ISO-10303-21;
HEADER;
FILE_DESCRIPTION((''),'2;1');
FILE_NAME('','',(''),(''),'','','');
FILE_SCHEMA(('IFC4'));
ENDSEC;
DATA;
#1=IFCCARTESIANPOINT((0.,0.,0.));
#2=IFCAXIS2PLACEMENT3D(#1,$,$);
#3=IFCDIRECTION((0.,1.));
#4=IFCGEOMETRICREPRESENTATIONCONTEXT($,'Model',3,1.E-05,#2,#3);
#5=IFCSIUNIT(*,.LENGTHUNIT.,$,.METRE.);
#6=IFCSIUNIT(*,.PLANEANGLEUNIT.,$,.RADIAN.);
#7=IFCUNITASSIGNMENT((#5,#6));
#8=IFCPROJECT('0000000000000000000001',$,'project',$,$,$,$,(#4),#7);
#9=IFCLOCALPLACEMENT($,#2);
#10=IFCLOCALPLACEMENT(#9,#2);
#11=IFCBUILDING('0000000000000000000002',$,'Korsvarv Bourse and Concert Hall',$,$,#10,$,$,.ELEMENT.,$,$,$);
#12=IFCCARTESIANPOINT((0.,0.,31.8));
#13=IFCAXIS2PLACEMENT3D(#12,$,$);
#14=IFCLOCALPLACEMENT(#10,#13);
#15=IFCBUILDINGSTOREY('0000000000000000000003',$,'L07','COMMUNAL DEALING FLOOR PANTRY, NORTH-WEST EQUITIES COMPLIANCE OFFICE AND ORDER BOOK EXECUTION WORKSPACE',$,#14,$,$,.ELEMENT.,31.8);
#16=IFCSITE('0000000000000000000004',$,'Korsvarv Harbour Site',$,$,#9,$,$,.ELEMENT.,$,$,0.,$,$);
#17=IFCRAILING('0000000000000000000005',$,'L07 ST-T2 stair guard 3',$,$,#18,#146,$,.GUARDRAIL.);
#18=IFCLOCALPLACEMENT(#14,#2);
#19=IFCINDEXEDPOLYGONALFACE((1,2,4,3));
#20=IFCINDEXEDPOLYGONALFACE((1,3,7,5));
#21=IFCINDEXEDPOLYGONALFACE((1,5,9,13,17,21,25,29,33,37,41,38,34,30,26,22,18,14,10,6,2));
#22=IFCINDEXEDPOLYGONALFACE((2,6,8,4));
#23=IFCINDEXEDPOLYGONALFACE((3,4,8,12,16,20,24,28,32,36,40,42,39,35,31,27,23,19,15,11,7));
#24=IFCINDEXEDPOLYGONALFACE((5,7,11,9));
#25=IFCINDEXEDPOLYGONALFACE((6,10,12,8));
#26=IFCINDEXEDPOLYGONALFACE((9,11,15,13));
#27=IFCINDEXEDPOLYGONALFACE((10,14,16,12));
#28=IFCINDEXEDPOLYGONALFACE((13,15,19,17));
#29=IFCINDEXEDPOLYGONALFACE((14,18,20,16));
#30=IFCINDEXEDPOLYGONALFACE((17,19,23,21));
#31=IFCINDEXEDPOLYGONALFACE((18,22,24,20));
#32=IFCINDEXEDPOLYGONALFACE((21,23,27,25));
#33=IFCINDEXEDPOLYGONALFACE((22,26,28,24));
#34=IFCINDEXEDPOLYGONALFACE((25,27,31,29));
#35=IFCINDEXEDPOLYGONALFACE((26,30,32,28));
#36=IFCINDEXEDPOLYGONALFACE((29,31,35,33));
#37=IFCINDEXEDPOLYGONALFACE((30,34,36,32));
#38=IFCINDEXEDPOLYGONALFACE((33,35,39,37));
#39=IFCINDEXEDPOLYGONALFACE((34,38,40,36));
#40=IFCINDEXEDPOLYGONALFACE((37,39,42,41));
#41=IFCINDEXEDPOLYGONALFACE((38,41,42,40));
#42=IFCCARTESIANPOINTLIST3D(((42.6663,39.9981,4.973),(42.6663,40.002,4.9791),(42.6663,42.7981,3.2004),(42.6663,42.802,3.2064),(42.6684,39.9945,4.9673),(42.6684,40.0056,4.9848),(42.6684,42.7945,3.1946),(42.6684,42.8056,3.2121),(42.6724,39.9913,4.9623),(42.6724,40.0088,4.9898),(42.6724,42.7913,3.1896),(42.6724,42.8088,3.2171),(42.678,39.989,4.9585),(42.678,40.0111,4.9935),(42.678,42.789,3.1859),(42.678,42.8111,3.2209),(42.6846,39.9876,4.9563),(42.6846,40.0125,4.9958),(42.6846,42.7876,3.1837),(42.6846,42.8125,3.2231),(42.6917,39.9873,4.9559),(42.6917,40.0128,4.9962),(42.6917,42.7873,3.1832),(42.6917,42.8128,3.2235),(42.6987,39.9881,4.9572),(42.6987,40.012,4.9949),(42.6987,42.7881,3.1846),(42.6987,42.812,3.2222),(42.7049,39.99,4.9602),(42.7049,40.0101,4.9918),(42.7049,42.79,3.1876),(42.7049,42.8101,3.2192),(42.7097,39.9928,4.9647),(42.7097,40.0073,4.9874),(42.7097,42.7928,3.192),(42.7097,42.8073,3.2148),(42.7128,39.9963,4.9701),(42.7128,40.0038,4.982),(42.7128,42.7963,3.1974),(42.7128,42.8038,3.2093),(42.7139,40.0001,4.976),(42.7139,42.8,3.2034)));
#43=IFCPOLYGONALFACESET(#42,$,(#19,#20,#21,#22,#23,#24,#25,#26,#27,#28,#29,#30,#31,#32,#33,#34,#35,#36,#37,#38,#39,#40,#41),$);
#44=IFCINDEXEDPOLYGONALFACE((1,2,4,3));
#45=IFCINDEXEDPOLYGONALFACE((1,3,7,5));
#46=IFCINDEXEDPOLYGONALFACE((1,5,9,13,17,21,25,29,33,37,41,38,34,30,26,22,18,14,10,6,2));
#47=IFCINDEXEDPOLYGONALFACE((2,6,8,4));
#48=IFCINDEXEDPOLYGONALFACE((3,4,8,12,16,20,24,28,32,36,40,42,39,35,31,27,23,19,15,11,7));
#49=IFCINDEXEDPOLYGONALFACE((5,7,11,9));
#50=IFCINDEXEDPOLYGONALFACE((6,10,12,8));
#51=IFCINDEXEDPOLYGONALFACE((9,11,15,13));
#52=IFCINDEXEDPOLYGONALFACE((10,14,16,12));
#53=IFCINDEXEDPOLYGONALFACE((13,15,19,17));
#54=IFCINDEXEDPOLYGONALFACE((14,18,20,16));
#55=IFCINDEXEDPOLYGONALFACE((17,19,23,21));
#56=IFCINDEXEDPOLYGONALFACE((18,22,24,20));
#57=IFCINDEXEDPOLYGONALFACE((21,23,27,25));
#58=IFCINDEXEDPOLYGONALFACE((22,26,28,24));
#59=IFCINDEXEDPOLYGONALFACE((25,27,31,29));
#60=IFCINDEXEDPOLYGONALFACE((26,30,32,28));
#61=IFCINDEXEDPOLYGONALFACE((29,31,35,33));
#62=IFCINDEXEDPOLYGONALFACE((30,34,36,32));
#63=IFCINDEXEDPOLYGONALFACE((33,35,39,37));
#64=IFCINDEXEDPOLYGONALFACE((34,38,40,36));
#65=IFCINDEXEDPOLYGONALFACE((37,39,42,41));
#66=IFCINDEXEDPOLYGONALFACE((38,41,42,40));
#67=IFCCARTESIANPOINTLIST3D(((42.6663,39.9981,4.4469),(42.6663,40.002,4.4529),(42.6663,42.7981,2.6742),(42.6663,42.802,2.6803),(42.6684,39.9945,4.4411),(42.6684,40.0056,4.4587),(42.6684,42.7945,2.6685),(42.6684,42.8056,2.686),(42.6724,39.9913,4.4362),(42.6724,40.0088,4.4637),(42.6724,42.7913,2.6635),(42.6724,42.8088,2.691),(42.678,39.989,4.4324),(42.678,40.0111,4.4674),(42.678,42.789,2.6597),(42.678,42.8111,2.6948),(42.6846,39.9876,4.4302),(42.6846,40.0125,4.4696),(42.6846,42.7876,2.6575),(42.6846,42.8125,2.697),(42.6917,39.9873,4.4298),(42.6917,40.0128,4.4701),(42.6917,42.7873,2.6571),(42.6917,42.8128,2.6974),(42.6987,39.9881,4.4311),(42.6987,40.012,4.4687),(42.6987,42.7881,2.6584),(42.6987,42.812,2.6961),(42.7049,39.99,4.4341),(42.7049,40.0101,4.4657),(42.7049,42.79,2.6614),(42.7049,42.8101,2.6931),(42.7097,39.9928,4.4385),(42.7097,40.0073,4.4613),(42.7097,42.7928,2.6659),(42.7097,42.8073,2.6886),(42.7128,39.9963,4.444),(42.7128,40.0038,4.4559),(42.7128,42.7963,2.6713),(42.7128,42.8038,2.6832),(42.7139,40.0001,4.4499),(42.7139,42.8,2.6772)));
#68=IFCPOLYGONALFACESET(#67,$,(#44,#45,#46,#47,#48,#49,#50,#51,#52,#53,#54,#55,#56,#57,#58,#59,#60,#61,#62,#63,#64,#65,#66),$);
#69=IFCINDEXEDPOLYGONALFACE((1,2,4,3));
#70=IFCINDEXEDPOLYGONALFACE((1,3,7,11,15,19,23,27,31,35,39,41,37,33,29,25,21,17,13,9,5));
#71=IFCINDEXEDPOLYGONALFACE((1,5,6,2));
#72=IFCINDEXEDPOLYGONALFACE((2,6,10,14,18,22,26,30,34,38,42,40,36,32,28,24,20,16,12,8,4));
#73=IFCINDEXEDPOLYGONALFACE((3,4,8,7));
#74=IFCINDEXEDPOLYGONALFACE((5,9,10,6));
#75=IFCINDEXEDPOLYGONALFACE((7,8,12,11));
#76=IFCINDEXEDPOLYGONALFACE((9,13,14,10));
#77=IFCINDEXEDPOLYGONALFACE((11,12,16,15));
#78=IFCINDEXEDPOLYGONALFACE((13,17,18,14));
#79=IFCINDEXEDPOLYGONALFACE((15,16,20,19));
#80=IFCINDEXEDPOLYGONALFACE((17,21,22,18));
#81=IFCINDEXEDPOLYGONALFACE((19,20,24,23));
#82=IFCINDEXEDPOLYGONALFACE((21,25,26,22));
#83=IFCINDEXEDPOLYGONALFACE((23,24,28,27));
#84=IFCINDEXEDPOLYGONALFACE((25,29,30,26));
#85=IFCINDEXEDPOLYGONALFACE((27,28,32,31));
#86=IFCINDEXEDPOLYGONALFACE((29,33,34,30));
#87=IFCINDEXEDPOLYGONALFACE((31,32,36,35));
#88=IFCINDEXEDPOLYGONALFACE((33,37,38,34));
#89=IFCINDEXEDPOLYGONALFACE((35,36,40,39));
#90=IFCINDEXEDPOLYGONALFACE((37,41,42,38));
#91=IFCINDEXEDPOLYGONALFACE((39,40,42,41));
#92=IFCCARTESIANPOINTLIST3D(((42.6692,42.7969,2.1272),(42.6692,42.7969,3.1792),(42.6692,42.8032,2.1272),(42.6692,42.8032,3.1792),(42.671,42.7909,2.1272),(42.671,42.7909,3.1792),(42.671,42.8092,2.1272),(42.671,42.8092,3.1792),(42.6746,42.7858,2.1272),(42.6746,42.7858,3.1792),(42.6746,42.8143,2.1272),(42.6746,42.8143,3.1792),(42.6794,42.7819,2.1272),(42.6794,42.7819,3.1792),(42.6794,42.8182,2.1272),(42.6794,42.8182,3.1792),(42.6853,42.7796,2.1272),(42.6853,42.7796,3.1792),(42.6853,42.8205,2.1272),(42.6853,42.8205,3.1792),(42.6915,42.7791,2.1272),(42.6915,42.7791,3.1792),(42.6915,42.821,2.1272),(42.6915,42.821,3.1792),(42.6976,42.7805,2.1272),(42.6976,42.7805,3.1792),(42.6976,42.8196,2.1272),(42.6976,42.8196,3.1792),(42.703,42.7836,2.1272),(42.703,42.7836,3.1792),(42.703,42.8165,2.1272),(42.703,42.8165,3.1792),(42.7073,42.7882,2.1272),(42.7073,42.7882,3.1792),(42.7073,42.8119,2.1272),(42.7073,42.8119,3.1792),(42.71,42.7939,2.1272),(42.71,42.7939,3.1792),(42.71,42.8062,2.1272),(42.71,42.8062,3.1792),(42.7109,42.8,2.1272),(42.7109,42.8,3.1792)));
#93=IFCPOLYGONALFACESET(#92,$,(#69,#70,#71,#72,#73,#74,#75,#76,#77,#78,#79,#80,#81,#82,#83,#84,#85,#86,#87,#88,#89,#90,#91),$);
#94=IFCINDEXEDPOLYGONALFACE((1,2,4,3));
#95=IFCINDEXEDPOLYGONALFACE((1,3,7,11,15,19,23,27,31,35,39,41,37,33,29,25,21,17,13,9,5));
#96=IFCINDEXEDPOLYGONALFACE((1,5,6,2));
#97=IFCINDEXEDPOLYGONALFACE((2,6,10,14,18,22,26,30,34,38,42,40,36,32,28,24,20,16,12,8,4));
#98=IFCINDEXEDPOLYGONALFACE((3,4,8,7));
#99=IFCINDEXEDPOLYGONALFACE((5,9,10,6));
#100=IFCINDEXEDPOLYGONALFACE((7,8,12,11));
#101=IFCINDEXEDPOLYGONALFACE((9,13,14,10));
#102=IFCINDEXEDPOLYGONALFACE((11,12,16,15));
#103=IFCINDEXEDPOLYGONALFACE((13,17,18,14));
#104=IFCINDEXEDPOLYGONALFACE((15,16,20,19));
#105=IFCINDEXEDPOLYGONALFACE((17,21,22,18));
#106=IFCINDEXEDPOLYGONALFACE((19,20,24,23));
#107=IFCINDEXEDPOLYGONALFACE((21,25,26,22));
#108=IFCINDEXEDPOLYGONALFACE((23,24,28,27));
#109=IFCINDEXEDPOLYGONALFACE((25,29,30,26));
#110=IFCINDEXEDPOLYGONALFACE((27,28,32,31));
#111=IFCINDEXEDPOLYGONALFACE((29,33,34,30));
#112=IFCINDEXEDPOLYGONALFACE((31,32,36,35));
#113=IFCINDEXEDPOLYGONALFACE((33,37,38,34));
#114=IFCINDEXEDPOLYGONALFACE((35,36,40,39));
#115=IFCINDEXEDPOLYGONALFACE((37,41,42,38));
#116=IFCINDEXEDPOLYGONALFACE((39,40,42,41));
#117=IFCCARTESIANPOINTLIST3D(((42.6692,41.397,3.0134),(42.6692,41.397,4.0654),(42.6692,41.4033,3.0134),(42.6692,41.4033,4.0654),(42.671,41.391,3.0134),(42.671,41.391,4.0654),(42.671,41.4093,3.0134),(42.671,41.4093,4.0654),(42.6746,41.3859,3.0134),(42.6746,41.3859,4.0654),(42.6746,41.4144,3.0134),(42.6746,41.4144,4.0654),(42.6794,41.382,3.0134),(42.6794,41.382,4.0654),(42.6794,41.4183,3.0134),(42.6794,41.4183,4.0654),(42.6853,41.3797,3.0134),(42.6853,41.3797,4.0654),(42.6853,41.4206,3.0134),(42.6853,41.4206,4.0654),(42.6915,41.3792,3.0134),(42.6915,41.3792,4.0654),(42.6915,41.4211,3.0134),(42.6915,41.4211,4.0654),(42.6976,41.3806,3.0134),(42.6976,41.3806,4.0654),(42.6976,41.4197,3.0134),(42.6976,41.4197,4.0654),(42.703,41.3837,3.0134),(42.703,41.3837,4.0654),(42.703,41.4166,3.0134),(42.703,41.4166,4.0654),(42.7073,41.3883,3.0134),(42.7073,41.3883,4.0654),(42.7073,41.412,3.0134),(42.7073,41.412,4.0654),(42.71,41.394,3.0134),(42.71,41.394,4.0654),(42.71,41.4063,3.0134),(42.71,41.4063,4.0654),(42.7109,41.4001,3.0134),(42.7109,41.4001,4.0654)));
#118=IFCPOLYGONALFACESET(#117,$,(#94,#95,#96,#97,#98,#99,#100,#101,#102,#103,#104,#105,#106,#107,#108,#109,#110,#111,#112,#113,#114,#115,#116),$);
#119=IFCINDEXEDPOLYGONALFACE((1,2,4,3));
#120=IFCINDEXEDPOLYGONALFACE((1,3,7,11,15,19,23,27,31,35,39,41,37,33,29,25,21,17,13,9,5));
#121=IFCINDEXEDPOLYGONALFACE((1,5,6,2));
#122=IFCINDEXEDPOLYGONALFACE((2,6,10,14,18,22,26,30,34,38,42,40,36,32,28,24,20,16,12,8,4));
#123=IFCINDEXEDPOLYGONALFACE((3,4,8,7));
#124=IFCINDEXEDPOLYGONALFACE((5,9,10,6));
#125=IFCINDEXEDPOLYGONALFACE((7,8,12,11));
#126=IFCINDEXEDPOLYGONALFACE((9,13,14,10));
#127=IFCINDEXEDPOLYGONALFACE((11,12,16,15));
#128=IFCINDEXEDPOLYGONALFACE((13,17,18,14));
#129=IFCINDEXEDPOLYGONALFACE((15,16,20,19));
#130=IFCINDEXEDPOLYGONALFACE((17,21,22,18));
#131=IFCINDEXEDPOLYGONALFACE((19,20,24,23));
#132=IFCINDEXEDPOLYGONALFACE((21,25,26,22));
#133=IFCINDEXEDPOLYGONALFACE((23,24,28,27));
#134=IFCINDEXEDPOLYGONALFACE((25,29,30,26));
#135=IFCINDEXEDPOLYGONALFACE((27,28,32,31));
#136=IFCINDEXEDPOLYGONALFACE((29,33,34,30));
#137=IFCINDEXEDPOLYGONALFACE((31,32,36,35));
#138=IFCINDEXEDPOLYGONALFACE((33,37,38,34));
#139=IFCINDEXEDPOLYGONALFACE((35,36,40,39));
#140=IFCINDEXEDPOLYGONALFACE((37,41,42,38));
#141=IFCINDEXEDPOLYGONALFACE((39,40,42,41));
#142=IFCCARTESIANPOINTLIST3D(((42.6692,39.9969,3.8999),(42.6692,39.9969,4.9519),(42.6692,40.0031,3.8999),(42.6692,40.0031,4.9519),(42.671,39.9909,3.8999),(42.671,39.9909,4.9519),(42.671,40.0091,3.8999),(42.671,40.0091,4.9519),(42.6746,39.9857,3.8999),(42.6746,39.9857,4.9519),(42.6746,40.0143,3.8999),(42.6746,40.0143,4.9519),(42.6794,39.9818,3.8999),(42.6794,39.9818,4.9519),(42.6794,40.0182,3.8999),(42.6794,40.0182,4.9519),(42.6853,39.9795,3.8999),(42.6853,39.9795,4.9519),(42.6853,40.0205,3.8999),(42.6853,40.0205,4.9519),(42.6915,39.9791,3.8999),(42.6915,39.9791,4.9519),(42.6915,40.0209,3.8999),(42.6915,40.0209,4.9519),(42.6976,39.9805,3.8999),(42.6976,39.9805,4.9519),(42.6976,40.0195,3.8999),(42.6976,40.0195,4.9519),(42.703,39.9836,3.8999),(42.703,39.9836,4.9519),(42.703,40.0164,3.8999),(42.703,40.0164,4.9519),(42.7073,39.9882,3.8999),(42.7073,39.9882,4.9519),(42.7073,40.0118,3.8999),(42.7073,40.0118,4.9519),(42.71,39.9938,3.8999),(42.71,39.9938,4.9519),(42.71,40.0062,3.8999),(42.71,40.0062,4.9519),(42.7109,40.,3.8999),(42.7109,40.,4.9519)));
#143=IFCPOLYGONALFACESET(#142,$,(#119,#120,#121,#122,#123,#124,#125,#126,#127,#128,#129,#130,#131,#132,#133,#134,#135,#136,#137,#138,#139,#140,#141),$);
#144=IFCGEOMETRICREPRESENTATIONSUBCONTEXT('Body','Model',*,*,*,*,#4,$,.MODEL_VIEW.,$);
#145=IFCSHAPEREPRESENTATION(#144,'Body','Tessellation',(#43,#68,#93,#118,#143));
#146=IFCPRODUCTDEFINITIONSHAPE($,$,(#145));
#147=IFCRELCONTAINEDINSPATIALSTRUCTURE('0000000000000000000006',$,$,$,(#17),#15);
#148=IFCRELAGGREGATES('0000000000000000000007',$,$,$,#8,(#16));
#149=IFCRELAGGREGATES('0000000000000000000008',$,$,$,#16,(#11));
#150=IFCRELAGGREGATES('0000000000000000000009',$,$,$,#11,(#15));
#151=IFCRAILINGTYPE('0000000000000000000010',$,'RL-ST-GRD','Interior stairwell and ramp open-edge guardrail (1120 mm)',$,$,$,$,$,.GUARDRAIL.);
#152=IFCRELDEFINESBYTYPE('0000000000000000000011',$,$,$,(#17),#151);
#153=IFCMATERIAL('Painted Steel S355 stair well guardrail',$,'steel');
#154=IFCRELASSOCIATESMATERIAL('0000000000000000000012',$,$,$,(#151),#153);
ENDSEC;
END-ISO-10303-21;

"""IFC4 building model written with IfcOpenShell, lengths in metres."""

from ifc_helpers import new_model, si_unit, direction, frame, origin, origin_2d, place, context, subcontext, project, spatial, circle, extrude, material, type_object, element, save


model = new_model("IFC4")

# Units and contexts
model_context = context("Model", 3, precision=1e-05, world=origin(), true_north=direction((0.0, 1.0)))
body_context = subcontext(model_context, "Body", "Model", "MODEL_VIEW")
ifc_project = project(units=[si_unit("LENGTHUNIT", "METRE"), si_unit("PLANEANGLEUNIT", "RADIAN")], contexts=[model_context])

# Site, building, storey
site_placement = place(None, origin())
site = spatial("IfcSite", under=ifc_project, at=site_placement, Name="Korsvarv Harbour Site", CompositionType="ELEMENT", RefElevation=0.0)
building_placement = place(site_placement, origin())
building = spatial("IfcBuilding", under=site, at=building_placement, Name="Korsvarv Bourse and Concert Hall", CompositionType="ELEMENT")
storey_placement = place(building_placement, frame((0.0, 0.0, 31.8)))
storey = spatial("IfcBuildingStorey", under=building, at=storey_placement, Name="L07", Description="COMMUNAL DEALING FLOOR PANTRY, NORTH-WEST EQUITIES COMPLIANCE OFFICE AND ORDER BOOK EXECUTION WORKSPACE", CompositionType="ELEMENT", Elevation=31.8)

# Railing
ifc_material_1 = material(Name="Painted Steel S355 stair well guardrail", Category="steel")
railing_type_1 = type_object("IfcRailingType", Name="RL-ST-GRD", Description="Interior stairwell and ramp open-edge guardrail (1120 mm)", PredefinedType="GUARDRAIL", material=ifc_material_1)
railing_1_placement = place(storey_placement, frame((42.6899, 42.8, 2.1272)))
element("IfcRailing", 1, at=railing_1_placement, inside=storey, type_object=railing_type_1, Name="L07 ST-T2 stair guard 3", PredefinedType="GUARDRAIL", context=body_context, shape_type="SweptSolid", body=[
    extrude(circle(Radius=0.0239, at=origin_2d()), frame((0.0, 0.0, 1.0762), z_axis=(0.0, -0.844909, 0.53491), x_axis=(1.0, 0.0, 0.0)), (0.0, 0.0, 1.0), 3.314),
    extrude(circle(Radius=0.0239, at=origin_2d()), frame((0.0, 0.0, 0.55), z_axis=(0.0, -0.844909, 0.53491), x_axis=(1.0, 0.0, 0.0)), (0.0, 0.0, 1.0), 3.314),
    extrude(circle(Radius=0.021, at=origin_2d()), origin(), (0.0, 0.0, 1.0), 1.052),
    extrude(circle(Radius=0.021, at=origin_2d()), frame((0.0, -1.3999, 0.8862)), (0.0, 0.0, 1.0), 1.052),
    extrude(circle(Radius=0.021, at=origin_2d()), frame((0.0, -2.8, 1.7727)), (0.0, 0.0, 1.0), 1.052),
])

save(model, "model.ifc")
